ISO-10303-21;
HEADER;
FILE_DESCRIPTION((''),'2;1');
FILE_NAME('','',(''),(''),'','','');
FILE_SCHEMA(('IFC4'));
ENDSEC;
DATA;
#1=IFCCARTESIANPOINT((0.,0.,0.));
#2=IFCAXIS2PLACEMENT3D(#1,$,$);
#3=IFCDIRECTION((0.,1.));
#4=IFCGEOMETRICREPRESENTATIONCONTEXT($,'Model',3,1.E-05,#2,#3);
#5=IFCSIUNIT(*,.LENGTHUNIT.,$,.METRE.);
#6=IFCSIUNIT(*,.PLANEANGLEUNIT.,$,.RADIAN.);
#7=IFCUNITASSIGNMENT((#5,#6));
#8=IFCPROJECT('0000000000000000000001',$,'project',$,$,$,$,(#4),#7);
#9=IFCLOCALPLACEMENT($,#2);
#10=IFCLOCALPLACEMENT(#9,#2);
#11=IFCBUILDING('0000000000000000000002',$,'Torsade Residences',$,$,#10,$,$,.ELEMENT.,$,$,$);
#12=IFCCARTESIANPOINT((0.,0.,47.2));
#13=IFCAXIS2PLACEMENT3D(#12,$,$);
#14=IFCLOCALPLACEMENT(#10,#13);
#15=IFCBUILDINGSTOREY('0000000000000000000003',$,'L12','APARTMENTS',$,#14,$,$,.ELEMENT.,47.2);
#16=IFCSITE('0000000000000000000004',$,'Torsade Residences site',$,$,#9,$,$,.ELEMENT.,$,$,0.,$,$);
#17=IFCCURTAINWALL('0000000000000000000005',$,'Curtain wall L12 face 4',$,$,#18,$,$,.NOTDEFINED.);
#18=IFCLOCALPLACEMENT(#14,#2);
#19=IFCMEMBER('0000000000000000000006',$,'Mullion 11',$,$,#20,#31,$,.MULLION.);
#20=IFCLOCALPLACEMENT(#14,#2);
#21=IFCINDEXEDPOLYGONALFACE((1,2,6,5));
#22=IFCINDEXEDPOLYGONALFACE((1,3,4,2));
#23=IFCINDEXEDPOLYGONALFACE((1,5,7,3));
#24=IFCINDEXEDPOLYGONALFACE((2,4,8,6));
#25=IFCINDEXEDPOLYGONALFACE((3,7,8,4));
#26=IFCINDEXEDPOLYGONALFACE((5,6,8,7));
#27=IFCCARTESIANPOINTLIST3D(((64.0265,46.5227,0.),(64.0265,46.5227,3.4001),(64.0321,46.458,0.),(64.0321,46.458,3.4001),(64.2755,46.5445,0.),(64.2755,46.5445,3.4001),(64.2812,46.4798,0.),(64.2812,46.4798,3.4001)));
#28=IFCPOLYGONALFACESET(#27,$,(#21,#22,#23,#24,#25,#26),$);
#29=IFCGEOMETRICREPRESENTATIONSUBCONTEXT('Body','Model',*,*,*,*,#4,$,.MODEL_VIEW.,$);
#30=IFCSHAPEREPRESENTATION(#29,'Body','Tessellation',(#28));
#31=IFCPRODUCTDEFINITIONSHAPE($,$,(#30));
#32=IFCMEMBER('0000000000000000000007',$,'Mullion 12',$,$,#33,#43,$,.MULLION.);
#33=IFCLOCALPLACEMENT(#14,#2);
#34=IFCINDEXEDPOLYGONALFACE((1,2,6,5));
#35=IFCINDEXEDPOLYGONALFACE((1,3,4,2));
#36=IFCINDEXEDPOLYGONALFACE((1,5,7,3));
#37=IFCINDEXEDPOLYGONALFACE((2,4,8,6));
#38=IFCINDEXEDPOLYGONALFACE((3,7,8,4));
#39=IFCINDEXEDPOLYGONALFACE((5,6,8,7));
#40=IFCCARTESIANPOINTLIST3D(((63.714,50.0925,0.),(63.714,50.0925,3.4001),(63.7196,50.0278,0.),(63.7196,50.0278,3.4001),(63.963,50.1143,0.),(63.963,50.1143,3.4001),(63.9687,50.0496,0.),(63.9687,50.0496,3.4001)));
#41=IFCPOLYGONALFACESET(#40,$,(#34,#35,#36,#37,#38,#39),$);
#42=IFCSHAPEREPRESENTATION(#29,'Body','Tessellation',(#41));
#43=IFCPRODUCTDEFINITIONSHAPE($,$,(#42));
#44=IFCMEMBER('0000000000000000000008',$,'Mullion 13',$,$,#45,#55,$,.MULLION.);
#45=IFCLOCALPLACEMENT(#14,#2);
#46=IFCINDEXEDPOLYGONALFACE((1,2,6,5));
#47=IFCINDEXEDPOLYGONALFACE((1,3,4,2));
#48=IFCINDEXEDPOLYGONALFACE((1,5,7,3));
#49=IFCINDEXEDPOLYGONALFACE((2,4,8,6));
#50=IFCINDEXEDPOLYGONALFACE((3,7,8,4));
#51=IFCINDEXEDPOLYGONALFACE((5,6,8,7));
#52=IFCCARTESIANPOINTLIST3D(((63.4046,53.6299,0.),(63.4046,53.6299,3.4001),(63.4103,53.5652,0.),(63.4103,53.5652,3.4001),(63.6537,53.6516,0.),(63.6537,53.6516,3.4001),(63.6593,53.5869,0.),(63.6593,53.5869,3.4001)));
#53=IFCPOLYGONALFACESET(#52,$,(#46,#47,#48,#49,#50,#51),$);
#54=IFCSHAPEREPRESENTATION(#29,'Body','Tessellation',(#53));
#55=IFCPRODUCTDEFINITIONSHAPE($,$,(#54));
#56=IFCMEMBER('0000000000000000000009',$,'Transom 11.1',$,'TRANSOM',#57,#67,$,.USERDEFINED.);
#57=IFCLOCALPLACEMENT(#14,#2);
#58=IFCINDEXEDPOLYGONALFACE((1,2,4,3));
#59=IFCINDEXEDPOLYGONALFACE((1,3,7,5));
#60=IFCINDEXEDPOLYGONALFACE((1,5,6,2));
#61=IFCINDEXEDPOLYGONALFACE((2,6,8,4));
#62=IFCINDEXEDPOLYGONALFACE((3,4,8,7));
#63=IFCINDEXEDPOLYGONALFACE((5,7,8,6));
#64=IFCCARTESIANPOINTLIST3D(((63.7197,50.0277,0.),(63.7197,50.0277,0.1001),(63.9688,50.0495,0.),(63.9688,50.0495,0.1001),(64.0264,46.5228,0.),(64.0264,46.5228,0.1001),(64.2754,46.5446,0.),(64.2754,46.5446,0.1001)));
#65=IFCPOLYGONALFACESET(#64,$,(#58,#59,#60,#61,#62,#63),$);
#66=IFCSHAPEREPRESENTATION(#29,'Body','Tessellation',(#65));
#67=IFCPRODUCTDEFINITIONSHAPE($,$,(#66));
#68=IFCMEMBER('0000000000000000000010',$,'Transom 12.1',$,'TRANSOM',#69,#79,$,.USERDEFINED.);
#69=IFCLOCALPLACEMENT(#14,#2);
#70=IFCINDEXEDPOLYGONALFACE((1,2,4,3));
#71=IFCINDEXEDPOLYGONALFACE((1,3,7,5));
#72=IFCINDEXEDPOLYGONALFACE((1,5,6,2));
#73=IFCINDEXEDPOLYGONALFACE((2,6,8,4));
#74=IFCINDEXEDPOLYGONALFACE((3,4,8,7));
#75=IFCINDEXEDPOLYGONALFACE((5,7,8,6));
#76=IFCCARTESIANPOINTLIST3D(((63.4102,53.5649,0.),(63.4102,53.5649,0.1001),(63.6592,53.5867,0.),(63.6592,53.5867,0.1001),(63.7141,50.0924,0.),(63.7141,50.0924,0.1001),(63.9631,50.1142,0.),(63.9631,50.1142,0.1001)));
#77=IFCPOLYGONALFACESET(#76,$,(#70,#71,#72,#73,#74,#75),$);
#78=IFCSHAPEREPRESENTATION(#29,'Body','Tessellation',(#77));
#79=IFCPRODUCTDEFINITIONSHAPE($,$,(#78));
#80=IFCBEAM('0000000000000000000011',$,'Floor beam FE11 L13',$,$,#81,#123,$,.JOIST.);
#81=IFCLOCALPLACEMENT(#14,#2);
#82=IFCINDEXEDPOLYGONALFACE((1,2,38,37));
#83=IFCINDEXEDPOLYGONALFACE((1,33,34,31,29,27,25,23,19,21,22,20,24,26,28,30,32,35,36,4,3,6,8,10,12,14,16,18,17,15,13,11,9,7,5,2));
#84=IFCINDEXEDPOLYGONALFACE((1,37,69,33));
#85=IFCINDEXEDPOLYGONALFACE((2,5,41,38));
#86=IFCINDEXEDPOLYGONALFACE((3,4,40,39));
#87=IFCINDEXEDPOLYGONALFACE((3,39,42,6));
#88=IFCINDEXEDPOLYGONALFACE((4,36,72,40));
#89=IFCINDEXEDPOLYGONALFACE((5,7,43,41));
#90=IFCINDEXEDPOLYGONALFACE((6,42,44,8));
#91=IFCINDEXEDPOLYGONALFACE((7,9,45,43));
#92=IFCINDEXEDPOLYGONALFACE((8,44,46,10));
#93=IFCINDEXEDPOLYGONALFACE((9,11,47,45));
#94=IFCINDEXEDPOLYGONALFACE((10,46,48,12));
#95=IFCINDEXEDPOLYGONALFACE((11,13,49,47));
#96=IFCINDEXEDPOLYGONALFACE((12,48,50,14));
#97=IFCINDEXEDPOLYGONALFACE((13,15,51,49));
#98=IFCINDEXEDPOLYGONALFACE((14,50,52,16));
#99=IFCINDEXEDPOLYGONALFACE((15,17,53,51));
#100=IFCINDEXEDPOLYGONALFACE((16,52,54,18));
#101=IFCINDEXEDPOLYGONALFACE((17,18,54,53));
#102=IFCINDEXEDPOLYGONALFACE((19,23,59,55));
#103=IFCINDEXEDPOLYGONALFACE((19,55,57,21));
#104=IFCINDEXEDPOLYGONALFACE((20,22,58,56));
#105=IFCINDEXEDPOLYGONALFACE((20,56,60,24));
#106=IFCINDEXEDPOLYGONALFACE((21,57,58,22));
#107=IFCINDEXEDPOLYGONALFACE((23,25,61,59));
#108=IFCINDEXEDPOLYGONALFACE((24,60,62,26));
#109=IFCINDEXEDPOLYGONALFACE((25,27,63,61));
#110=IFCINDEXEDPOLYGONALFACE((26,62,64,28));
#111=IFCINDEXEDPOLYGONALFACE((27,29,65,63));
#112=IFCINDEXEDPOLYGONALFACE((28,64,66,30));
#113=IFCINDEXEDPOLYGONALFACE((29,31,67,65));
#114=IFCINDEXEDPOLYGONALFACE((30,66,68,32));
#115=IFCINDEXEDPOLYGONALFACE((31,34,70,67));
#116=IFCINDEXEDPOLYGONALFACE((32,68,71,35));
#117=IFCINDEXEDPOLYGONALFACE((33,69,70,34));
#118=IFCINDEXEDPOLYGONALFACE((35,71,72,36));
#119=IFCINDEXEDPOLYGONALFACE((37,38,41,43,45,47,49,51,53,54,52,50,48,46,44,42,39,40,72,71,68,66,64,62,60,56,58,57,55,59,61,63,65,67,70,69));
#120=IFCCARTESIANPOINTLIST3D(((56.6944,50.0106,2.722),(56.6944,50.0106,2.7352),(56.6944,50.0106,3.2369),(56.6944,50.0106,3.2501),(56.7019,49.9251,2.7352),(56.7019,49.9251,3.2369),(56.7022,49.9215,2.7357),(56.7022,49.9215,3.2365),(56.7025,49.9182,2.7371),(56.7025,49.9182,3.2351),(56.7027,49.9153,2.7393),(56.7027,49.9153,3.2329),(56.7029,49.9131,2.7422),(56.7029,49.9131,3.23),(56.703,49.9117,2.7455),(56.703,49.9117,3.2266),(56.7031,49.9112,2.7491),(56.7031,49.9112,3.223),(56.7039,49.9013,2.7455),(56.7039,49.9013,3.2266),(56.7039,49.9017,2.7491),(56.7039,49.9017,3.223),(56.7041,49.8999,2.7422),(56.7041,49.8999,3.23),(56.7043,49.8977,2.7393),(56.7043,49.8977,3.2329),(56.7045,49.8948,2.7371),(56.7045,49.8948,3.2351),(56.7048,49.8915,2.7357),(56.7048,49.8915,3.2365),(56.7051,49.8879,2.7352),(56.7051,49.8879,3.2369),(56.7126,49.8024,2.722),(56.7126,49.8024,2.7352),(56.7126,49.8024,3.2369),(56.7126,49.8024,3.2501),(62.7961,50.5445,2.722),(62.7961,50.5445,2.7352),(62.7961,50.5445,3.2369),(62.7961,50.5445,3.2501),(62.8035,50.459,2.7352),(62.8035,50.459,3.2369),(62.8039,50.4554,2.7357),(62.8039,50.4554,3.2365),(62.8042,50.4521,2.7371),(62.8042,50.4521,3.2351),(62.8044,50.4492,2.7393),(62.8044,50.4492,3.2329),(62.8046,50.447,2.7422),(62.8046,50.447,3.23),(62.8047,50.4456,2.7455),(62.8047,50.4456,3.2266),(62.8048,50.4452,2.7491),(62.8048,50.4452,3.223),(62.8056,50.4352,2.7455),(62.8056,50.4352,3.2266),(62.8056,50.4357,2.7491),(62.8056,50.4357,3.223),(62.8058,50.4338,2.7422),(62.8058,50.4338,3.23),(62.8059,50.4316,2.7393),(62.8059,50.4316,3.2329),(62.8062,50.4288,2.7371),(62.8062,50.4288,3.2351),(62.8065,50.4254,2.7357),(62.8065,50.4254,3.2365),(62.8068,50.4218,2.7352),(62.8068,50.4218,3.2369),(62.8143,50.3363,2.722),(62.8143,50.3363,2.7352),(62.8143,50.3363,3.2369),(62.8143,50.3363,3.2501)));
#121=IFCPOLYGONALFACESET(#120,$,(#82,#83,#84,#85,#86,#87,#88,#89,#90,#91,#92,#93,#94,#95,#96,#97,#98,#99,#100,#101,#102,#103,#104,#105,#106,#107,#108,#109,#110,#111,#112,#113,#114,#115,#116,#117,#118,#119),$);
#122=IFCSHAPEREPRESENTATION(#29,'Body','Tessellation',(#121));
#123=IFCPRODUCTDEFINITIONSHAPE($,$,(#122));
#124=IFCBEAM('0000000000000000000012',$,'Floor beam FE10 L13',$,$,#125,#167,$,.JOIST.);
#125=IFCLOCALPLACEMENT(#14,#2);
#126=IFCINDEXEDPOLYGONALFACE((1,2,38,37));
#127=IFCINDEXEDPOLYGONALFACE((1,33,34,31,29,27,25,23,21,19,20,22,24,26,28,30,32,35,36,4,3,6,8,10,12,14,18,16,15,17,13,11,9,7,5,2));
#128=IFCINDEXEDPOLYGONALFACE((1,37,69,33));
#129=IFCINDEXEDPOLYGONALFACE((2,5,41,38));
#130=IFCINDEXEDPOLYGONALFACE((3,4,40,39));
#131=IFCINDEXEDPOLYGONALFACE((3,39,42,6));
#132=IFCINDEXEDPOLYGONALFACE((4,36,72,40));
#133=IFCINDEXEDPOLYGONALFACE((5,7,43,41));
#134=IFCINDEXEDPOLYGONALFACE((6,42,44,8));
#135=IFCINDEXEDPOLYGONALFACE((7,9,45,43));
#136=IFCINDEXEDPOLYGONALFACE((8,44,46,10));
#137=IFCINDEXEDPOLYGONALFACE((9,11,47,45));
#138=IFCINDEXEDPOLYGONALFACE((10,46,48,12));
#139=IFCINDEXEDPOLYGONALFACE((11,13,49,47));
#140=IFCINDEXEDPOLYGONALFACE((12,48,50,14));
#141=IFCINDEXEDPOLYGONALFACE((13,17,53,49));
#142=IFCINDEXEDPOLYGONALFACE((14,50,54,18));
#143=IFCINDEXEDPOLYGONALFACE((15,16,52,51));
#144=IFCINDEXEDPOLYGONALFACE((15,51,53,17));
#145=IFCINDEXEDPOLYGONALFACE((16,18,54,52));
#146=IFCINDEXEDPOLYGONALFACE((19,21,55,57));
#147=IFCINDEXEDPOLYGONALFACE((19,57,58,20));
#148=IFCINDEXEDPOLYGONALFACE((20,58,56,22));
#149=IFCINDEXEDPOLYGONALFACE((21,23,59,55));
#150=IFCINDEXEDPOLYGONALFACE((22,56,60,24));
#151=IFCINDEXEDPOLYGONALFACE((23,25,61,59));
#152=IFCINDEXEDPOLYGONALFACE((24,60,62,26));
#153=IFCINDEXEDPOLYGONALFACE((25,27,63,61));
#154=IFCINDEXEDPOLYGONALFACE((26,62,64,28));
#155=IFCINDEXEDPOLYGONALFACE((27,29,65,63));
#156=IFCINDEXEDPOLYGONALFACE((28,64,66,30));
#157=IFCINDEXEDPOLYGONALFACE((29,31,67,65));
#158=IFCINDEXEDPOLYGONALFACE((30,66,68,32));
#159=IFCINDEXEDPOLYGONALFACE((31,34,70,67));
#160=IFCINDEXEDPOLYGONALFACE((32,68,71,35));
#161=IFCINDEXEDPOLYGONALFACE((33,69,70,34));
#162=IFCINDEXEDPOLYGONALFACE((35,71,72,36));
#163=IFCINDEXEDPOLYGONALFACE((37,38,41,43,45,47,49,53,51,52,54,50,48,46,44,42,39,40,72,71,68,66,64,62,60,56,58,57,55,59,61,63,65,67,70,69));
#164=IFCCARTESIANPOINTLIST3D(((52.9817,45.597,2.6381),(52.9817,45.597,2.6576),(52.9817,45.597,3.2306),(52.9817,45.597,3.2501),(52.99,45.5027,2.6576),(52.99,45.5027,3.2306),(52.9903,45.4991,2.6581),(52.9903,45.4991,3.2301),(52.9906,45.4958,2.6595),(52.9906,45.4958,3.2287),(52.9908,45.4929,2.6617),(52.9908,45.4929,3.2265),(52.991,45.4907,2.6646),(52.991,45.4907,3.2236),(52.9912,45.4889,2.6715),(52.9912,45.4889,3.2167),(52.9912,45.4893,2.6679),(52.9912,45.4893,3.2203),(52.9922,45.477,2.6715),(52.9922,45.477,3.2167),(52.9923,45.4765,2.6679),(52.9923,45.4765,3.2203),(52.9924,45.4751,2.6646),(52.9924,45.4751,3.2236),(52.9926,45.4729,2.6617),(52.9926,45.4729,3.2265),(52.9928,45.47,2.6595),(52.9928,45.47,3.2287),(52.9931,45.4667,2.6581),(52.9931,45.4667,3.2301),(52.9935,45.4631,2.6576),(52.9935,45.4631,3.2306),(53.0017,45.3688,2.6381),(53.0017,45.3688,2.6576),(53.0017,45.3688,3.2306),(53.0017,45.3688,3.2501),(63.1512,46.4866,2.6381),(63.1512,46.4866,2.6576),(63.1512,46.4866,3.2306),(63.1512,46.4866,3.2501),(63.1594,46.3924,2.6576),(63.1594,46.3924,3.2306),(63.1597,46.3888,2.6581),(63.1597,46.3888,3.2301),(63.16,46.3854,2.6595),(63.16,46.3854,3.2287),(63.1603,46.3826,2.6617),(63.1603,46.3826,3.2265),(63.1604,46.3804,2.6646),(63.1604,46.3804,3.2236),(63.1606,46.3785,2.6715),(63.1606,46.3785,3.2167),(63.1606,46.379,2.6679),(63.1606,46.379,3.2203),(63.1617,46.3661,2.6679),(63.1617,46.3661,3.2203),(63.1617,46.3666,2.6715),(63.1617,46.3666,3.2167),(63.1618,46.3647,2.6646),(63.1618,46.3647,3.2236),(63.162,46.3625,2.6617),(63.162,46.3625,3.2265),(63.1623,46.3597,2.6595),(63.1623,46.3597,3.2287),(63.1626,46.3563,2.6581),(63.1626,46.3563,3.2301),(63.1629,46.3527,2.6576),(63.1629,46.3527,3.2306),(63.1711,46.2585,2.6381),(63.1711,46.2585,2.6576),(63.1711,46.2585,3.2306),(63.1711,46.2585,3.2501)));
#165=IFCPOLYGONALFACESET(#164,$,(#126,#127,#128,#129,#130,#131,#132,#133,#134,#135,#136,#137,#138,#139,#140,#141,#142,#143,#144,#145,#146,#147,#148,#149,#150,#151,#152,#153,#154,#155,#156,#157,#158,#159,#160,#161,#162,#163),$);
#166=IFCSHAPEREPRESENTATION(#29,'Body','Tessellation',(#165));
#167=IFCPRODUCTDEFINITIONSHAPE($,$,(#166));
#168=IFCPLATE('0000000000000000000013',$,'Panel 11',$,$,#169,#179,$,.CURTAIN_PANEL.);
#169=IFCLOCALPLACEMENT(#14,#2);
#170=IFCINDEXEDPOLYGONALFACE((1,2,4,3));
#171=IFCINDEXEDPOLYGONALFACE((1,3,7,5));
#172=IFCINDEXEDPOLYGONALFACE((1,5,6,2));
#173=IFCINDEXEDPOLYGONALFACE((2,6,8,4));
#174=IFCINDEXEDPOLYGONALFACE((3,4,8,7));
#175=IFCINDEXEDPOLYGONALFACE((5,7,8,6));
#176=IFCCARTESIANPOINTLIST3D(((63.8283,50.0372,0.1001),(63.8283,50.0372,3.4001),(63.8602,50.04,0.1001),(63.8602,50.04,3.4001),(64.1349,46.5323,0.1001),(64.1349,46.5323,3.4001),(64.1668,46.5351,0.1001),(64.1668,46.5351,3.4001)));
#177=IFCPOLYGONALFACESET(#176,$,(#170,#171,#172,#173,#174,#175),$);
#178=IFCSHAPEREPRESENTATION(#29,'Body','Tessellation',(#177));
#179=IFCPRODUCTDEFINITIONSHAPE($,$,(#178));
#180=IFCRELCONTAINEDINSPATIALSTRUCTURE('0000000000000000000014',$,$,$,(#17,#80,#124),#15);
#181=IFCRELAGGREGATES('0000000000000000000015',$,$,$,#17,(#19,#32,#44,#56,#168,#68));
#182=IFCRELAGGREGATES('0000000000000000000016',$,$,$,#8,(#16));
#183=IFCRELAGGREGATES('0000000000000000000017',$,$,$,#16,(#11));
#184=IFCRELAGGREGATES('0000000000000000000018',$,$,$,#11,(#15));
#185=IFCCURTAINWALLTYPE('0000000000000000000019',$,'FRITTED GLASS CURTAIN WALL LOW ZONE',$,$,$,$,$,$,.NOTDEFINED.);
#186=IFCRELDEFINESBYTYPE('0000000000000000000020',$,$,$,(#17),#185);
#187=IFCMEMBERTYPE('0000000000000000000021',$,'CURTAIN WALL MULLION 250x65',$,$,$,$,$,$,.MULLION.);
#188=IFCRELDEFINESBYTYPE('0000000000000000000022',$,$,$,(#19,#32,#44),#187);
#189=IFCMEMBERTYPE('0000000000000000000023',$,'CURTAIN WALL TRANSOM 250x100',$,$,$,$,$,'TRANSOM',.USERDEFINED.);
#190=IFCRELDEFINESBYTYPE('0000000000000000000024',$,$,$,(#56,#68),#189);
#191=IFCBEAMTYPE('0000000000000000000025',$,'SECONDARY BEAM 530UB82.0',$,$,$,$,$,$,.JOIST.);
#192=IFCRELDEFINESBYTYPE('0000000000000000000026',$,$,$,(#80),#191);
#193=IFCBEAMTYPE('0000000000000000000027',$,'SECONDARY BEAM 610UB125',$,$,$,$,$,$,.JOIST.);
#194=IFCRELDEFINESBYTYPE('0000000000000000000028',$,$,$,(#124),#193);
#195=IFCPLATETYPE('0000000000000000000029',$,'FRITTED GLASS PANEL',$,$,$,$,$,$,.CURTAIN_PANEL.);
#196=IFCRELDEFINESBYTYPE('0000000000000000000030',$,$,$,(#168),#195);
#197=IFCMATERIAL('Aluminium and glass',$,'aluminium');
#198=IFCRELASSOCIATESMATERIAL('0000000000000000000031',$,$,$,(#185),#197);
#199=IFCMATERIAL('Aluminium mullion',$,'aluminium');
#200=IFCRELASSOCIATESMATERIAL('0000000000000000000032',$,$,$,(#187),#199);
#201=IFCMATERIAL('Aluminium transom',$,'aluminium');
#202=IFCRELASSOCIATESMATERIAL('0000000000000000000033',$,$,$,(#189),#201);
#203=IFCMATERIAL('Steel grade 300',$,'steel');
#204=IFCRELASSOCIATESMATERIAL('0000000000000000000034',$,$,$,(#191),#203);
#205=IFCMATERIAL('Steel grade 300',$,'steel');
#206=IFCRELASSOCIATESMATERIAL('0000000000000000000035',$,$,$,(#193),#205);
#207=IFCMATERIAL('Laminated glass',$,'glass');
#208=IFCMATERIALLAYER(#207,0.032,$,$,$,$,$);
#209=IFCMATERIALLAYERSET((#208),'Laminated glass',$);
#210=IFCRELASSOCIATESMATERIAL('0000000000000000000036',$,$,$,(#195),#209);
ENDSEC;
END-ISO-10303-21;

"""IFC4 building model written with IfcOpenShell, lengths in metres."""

from ifc_helpers import new_model, si_unit, direction, frame, origin, origin_2d, place, context, subcontext, project, spatial, rectangle, i_section, extrude, material, layer, layer_set, material_profile, profile_set, type_object, element, aggregate, save


model = new_model("IFC4")

# Units and contexts
model_context = context("Model", 3, precision=1e-05, world=origin(), true_north=direction((0.0, 1.0)))
body_context = subcontext(model_context, "Body", "Model", "MODEL_VIEW")
ifc_project = project(units=[si_unit("LENGTHUNIT", "METRE"), si_unit("PLANEANGLEUNIT", "RADIAN")], contexts=[model_context])

# Site, building, storey
site_placement = place(None, origin())
site = spatial("IfcSite", under=ifc_project, at=site_placement, Name="Torsade Residences site", CompositionType="ELEMENT", RefElevation=0.0)
building_placement = place(site_placement, origin())
building = spatial("IfcBuilding", under=site, at=building_placement, Name="Torsade Residences", CompositionType="ELEMENT")
storey_placement = place(building_placement, frame((0.0, 0.0, 47.2)))
storey = spatial("IfcBuildingStorey", under=building, at=storey_placement, Name="L12", Description="APARTMENTS", CompositionType="ELEMENT", Elevation=47.2)

# Curtain wall, members
ifc_material_1 = material(Name="Aluminium and glass", Category="aluminium")
curtain_wall_type = type_object("IfcCurtainWallType", Name="FRITTED GLASS CURTAIN WALL LOW ZONE", PredefinedType="NOTDEFINED", material=ifc_material_1)
curtain_wall_placement = place(storey_placement, origin())
curtain_wall = element("IfcCurtainWall", 1, at=curtain_wall_placement, inside=storey, type_object=curtain_wall_type, Name="Curtain wall L12 face 4", PredefinedType="NOTDEFINED")
ifc_material_2 = material(Name="Aluminium mullion", Category="aluminium")
ifc_material_profile_1 = material_profile(ifc_material_2, rectangle(XDim=0.25, YDim=0.0649, at=origin_2d()), Name="CURTAIN WALL MULLION 250x65")
ifc_profile_set_1 = profile_set([ifc_material_profile_1], Name="Aluminium mullion")
member_type_1 = type_object("IfcMemberType", Name="CURTAIN WALL MULLION 250x65", PredefinedType="MULLION", material=ifc_profile_set_1)
member_1_placement = place(storey_placement, frame((64.1538, 46.5012, 0.0), z_axis=(0.0, 0.0, 1.0), x_axis=(-0.996195, -0.087156, 0.0)))
member_1 = element("IfcMember", 2, at=member_1_placement, type_object=member_type_1, Name="Mullion 11", PredefinedType="MULLION", context=body_context, shape_type="SweptSolid", body=[
    extrude(rectangle(XDim=0.25, YDim=0.0649, at=origin_2d()), origin(), (0.0, 0.0, 1.0), 3.4001),
])
member_2_placement = place(storey_placement, frame((63.8413, 50.071, 0.0), z_axis=(0.0, 0.0, 1.0), x_axis=(-0.996195, -0.087156, 0.0)))
member_2 = element("IfcMember", 3, at=member_2_placement, type_object=member_type_1, Name="Mullion 12", PredefinedType="MULLION", context=body_context, shape_type="SweptSolid", body=[
    extrude(rectangle(XDim=0.25, YDim=0.0649, at=origin_2d()), origin(), (0.0, 0.0, 1.0), 3.4001),
])
member_3_placement = place(storey_placement, frame((63.532, 53.6084, 0.0), z_axis=(0.0, 0.0, 1.0), x_axis=(-0.996195, -0.087156, 0.0)))
member_3 = element("IfcMember", 4, at=member_3_placement, type_object=member_type_1, Name="Mullion 13", PredefinedType="MULLION", context=body_context, shape_type="SweptSolid", body=[
    extrude(rectangle(XDim=0.25, YDim=0.0649, at=origin_2d()), origin(), (0.0, 0.0, 1.0), 3.4001),
])
ifc_material_3 = material(Name="Aluminium transom", Category="aluminium")
ifc_material_profile_2 = material_profile(ifc_material_3, rectangle(XDim=0.25, YDim=0.1001, at=origin_2d()), Name="CURTAIN WALL TRANSOM 250x100")
ifc_profile_set_2 = profile_set([ifc_material_profile_2], Name="Aluminium transom")
member_type_2 = type_object("IfcMemberType", Name="CURTAIN WALL TRANSOM 250x100", ElementType="TRANSOM", PredefinedType="USERDEFINED", material=ifc_profile_set_2)
member_4_placement = place(storey_placement, frame((64.1509, 46.5337, 0.05), z_axis=(-0.087157, 0.996195, 0.0), x_axis=(-0.996195, -0.087157, 0.0)))
member_4 = element("IfcMember", 5, at=member_4_placement, type_object=member_type_2, Name="Transom 11.1", ObjectType="TRANSOM", PredefinedType="USERDEFINED", context=body_context, shape_type="SweptSolid", body=[
    extrude(rectangle(XDim=0.25, YDim=0.1001, at=origin_2d()), origin(), (0.0, 0.0, 1.0), 3.5183),
])
member_5_placement = place(storey_placement, frame((63.8386, 50.1033, 0.05), z_axis=(-0.087195, 0.996191, 0.0), x_axis=(-0.996191, -0.087195, 0.0)))
member_5 = element("IfcMember", 6, at=member_5_placement, type_object=member_type_2, Name="Transom 12.1", ObjectType="TRANSOM", PredefinedType="USERDEFINED", context=body_context, shape_type="SweptSolid", body=[
    extrude(rectangle(XDim=0.25, YDim=0.1001, at=origin_2d()), origin(), (0.0, 0.0, 1.0), 3.4858),
])

# Beams
ifc_material_4 = material(Name="Steel grade 300", Category="steel")
ifc_material_profile_3 = material_profile(ifc_material_4, i_section(OverallWidth=0.209, OverallDepth=0.5281, WebThickness=0.0095, FlangeThickness=0.0132, FilletRadius=0.0139, at=origin_2d()), Name="530UB82.0")
ifc_profile_set_3 = profile_set([ifc_material_profile_3], Name="Steel grade 300")
beam_type_1 = type_object("IfcBeamType", Name="SECONDARY BEAM 530UB82.0", PredefinedType="JOIST", material=ifc_profile_set_3)
beam_1_placement = place(storey_placement, frame((62.8052, 50.4404, 2.9861), z_axis=(-0.996193, -0.087175, 0.0), x_axis=(0.087175, -0.996193, 0.0)))
element("IfcBeam", 7, at=beam_1_placement, inside=storey, type_object=beam_type_1, Name="Floor beam FE11 L13", PredefinedType="JOIST", context=body_context, shape_type="SweptSolid", body=[
    extrude(i_section(OverallWidth=0.209, OverallDepth=0.5281, WebThickness=0.0095, FlangeThickness=0.0132, FilletRadius=0.0139, at=origin_2d()), origin(), (0.0, 0.0, 1.0), 6.125),
])
ifc_material_5 = material(Name="Steel grade 300", Category="steel")
ifc_material_profile_4 = material_profile(ifc_material_5, i_section(OverallWidth=0.229, OverallDepth=0.6121, WebThickness=0.012, FlangeThickness=0.0195, FilletRadius=0.0139, at=origin_2d()), Name="610UB125")
ifc_profile_set_4 = profile_set([ifc_material_profile_4], Name="Steel grade 300")
beam_type_2 = type_object("IfcBeamType", Name="SECONDARY BEAM 610UB125", PredefinedType="JOIST", material=ifc_profile_set_4)
beam_2_placement = place(storey_placement, frame((63.1611, 46.3726, 2.9441), z_axis=(-0.996195, -0.08715, 0.0), x_axis=(0.08715, -0.996195, 0.0)))
element("IfcBeam", 8, at=beam_2_placement, inside=storey, type_object=beam_type_2, Name="Floor beam FE10 L13", PredefinedType="JOIST", context=body_context, shape_type="SweptSolid", body=[
    extrude(i_section(OverallWidth=0.229, OverallDepth=0.6121, WebThickness=0.012, FlangeThickness=0.0195, FilletRadius=0.0139, at=origin_2d()), origin(), (0.0, 0.0, 1.0), 10.2083),
])

# Plate
ifc_material_6 = material(Name="Laminated glass", Category="glass")
ifc_layer_1 = layer(ifc_material_6, 0.032)
ifc_layer_set_1 = layer_set([ifc_layer_1], Name="Laminated glass")
plate_type = type_object("IfcPlateType", Name="FRITTED GLASS PANEL", PredefinedType="CURTAIN_PANEL", material=ifc_layer_set_1)
plate_1_placement = place(storey_placement, frame((63.9976, 48.2861, 0.1001), z_axis=(0.0, 0.0, 1.0), x_axis=(-0.087156, 0.996195, 0.0)))
plate_1 = element("IfcPlate", 9, at=plate_1_placement, type_object=plate_type, Name="Panel 11", PredefinedType="CURTAIN_PANEL", context=body_context, shape_type="SweptSolid", body=[
    extrude(rectangle(XDim=3.5183, YDim=0.032, at=origin_2d()), origin(), (0.0, 0.0, 1.0), 3.3),
])
aggregate(curtain_wall, [member_1, member_2, member_3, member_4, plate_1, member_5])

save(model, "model.ifc")
